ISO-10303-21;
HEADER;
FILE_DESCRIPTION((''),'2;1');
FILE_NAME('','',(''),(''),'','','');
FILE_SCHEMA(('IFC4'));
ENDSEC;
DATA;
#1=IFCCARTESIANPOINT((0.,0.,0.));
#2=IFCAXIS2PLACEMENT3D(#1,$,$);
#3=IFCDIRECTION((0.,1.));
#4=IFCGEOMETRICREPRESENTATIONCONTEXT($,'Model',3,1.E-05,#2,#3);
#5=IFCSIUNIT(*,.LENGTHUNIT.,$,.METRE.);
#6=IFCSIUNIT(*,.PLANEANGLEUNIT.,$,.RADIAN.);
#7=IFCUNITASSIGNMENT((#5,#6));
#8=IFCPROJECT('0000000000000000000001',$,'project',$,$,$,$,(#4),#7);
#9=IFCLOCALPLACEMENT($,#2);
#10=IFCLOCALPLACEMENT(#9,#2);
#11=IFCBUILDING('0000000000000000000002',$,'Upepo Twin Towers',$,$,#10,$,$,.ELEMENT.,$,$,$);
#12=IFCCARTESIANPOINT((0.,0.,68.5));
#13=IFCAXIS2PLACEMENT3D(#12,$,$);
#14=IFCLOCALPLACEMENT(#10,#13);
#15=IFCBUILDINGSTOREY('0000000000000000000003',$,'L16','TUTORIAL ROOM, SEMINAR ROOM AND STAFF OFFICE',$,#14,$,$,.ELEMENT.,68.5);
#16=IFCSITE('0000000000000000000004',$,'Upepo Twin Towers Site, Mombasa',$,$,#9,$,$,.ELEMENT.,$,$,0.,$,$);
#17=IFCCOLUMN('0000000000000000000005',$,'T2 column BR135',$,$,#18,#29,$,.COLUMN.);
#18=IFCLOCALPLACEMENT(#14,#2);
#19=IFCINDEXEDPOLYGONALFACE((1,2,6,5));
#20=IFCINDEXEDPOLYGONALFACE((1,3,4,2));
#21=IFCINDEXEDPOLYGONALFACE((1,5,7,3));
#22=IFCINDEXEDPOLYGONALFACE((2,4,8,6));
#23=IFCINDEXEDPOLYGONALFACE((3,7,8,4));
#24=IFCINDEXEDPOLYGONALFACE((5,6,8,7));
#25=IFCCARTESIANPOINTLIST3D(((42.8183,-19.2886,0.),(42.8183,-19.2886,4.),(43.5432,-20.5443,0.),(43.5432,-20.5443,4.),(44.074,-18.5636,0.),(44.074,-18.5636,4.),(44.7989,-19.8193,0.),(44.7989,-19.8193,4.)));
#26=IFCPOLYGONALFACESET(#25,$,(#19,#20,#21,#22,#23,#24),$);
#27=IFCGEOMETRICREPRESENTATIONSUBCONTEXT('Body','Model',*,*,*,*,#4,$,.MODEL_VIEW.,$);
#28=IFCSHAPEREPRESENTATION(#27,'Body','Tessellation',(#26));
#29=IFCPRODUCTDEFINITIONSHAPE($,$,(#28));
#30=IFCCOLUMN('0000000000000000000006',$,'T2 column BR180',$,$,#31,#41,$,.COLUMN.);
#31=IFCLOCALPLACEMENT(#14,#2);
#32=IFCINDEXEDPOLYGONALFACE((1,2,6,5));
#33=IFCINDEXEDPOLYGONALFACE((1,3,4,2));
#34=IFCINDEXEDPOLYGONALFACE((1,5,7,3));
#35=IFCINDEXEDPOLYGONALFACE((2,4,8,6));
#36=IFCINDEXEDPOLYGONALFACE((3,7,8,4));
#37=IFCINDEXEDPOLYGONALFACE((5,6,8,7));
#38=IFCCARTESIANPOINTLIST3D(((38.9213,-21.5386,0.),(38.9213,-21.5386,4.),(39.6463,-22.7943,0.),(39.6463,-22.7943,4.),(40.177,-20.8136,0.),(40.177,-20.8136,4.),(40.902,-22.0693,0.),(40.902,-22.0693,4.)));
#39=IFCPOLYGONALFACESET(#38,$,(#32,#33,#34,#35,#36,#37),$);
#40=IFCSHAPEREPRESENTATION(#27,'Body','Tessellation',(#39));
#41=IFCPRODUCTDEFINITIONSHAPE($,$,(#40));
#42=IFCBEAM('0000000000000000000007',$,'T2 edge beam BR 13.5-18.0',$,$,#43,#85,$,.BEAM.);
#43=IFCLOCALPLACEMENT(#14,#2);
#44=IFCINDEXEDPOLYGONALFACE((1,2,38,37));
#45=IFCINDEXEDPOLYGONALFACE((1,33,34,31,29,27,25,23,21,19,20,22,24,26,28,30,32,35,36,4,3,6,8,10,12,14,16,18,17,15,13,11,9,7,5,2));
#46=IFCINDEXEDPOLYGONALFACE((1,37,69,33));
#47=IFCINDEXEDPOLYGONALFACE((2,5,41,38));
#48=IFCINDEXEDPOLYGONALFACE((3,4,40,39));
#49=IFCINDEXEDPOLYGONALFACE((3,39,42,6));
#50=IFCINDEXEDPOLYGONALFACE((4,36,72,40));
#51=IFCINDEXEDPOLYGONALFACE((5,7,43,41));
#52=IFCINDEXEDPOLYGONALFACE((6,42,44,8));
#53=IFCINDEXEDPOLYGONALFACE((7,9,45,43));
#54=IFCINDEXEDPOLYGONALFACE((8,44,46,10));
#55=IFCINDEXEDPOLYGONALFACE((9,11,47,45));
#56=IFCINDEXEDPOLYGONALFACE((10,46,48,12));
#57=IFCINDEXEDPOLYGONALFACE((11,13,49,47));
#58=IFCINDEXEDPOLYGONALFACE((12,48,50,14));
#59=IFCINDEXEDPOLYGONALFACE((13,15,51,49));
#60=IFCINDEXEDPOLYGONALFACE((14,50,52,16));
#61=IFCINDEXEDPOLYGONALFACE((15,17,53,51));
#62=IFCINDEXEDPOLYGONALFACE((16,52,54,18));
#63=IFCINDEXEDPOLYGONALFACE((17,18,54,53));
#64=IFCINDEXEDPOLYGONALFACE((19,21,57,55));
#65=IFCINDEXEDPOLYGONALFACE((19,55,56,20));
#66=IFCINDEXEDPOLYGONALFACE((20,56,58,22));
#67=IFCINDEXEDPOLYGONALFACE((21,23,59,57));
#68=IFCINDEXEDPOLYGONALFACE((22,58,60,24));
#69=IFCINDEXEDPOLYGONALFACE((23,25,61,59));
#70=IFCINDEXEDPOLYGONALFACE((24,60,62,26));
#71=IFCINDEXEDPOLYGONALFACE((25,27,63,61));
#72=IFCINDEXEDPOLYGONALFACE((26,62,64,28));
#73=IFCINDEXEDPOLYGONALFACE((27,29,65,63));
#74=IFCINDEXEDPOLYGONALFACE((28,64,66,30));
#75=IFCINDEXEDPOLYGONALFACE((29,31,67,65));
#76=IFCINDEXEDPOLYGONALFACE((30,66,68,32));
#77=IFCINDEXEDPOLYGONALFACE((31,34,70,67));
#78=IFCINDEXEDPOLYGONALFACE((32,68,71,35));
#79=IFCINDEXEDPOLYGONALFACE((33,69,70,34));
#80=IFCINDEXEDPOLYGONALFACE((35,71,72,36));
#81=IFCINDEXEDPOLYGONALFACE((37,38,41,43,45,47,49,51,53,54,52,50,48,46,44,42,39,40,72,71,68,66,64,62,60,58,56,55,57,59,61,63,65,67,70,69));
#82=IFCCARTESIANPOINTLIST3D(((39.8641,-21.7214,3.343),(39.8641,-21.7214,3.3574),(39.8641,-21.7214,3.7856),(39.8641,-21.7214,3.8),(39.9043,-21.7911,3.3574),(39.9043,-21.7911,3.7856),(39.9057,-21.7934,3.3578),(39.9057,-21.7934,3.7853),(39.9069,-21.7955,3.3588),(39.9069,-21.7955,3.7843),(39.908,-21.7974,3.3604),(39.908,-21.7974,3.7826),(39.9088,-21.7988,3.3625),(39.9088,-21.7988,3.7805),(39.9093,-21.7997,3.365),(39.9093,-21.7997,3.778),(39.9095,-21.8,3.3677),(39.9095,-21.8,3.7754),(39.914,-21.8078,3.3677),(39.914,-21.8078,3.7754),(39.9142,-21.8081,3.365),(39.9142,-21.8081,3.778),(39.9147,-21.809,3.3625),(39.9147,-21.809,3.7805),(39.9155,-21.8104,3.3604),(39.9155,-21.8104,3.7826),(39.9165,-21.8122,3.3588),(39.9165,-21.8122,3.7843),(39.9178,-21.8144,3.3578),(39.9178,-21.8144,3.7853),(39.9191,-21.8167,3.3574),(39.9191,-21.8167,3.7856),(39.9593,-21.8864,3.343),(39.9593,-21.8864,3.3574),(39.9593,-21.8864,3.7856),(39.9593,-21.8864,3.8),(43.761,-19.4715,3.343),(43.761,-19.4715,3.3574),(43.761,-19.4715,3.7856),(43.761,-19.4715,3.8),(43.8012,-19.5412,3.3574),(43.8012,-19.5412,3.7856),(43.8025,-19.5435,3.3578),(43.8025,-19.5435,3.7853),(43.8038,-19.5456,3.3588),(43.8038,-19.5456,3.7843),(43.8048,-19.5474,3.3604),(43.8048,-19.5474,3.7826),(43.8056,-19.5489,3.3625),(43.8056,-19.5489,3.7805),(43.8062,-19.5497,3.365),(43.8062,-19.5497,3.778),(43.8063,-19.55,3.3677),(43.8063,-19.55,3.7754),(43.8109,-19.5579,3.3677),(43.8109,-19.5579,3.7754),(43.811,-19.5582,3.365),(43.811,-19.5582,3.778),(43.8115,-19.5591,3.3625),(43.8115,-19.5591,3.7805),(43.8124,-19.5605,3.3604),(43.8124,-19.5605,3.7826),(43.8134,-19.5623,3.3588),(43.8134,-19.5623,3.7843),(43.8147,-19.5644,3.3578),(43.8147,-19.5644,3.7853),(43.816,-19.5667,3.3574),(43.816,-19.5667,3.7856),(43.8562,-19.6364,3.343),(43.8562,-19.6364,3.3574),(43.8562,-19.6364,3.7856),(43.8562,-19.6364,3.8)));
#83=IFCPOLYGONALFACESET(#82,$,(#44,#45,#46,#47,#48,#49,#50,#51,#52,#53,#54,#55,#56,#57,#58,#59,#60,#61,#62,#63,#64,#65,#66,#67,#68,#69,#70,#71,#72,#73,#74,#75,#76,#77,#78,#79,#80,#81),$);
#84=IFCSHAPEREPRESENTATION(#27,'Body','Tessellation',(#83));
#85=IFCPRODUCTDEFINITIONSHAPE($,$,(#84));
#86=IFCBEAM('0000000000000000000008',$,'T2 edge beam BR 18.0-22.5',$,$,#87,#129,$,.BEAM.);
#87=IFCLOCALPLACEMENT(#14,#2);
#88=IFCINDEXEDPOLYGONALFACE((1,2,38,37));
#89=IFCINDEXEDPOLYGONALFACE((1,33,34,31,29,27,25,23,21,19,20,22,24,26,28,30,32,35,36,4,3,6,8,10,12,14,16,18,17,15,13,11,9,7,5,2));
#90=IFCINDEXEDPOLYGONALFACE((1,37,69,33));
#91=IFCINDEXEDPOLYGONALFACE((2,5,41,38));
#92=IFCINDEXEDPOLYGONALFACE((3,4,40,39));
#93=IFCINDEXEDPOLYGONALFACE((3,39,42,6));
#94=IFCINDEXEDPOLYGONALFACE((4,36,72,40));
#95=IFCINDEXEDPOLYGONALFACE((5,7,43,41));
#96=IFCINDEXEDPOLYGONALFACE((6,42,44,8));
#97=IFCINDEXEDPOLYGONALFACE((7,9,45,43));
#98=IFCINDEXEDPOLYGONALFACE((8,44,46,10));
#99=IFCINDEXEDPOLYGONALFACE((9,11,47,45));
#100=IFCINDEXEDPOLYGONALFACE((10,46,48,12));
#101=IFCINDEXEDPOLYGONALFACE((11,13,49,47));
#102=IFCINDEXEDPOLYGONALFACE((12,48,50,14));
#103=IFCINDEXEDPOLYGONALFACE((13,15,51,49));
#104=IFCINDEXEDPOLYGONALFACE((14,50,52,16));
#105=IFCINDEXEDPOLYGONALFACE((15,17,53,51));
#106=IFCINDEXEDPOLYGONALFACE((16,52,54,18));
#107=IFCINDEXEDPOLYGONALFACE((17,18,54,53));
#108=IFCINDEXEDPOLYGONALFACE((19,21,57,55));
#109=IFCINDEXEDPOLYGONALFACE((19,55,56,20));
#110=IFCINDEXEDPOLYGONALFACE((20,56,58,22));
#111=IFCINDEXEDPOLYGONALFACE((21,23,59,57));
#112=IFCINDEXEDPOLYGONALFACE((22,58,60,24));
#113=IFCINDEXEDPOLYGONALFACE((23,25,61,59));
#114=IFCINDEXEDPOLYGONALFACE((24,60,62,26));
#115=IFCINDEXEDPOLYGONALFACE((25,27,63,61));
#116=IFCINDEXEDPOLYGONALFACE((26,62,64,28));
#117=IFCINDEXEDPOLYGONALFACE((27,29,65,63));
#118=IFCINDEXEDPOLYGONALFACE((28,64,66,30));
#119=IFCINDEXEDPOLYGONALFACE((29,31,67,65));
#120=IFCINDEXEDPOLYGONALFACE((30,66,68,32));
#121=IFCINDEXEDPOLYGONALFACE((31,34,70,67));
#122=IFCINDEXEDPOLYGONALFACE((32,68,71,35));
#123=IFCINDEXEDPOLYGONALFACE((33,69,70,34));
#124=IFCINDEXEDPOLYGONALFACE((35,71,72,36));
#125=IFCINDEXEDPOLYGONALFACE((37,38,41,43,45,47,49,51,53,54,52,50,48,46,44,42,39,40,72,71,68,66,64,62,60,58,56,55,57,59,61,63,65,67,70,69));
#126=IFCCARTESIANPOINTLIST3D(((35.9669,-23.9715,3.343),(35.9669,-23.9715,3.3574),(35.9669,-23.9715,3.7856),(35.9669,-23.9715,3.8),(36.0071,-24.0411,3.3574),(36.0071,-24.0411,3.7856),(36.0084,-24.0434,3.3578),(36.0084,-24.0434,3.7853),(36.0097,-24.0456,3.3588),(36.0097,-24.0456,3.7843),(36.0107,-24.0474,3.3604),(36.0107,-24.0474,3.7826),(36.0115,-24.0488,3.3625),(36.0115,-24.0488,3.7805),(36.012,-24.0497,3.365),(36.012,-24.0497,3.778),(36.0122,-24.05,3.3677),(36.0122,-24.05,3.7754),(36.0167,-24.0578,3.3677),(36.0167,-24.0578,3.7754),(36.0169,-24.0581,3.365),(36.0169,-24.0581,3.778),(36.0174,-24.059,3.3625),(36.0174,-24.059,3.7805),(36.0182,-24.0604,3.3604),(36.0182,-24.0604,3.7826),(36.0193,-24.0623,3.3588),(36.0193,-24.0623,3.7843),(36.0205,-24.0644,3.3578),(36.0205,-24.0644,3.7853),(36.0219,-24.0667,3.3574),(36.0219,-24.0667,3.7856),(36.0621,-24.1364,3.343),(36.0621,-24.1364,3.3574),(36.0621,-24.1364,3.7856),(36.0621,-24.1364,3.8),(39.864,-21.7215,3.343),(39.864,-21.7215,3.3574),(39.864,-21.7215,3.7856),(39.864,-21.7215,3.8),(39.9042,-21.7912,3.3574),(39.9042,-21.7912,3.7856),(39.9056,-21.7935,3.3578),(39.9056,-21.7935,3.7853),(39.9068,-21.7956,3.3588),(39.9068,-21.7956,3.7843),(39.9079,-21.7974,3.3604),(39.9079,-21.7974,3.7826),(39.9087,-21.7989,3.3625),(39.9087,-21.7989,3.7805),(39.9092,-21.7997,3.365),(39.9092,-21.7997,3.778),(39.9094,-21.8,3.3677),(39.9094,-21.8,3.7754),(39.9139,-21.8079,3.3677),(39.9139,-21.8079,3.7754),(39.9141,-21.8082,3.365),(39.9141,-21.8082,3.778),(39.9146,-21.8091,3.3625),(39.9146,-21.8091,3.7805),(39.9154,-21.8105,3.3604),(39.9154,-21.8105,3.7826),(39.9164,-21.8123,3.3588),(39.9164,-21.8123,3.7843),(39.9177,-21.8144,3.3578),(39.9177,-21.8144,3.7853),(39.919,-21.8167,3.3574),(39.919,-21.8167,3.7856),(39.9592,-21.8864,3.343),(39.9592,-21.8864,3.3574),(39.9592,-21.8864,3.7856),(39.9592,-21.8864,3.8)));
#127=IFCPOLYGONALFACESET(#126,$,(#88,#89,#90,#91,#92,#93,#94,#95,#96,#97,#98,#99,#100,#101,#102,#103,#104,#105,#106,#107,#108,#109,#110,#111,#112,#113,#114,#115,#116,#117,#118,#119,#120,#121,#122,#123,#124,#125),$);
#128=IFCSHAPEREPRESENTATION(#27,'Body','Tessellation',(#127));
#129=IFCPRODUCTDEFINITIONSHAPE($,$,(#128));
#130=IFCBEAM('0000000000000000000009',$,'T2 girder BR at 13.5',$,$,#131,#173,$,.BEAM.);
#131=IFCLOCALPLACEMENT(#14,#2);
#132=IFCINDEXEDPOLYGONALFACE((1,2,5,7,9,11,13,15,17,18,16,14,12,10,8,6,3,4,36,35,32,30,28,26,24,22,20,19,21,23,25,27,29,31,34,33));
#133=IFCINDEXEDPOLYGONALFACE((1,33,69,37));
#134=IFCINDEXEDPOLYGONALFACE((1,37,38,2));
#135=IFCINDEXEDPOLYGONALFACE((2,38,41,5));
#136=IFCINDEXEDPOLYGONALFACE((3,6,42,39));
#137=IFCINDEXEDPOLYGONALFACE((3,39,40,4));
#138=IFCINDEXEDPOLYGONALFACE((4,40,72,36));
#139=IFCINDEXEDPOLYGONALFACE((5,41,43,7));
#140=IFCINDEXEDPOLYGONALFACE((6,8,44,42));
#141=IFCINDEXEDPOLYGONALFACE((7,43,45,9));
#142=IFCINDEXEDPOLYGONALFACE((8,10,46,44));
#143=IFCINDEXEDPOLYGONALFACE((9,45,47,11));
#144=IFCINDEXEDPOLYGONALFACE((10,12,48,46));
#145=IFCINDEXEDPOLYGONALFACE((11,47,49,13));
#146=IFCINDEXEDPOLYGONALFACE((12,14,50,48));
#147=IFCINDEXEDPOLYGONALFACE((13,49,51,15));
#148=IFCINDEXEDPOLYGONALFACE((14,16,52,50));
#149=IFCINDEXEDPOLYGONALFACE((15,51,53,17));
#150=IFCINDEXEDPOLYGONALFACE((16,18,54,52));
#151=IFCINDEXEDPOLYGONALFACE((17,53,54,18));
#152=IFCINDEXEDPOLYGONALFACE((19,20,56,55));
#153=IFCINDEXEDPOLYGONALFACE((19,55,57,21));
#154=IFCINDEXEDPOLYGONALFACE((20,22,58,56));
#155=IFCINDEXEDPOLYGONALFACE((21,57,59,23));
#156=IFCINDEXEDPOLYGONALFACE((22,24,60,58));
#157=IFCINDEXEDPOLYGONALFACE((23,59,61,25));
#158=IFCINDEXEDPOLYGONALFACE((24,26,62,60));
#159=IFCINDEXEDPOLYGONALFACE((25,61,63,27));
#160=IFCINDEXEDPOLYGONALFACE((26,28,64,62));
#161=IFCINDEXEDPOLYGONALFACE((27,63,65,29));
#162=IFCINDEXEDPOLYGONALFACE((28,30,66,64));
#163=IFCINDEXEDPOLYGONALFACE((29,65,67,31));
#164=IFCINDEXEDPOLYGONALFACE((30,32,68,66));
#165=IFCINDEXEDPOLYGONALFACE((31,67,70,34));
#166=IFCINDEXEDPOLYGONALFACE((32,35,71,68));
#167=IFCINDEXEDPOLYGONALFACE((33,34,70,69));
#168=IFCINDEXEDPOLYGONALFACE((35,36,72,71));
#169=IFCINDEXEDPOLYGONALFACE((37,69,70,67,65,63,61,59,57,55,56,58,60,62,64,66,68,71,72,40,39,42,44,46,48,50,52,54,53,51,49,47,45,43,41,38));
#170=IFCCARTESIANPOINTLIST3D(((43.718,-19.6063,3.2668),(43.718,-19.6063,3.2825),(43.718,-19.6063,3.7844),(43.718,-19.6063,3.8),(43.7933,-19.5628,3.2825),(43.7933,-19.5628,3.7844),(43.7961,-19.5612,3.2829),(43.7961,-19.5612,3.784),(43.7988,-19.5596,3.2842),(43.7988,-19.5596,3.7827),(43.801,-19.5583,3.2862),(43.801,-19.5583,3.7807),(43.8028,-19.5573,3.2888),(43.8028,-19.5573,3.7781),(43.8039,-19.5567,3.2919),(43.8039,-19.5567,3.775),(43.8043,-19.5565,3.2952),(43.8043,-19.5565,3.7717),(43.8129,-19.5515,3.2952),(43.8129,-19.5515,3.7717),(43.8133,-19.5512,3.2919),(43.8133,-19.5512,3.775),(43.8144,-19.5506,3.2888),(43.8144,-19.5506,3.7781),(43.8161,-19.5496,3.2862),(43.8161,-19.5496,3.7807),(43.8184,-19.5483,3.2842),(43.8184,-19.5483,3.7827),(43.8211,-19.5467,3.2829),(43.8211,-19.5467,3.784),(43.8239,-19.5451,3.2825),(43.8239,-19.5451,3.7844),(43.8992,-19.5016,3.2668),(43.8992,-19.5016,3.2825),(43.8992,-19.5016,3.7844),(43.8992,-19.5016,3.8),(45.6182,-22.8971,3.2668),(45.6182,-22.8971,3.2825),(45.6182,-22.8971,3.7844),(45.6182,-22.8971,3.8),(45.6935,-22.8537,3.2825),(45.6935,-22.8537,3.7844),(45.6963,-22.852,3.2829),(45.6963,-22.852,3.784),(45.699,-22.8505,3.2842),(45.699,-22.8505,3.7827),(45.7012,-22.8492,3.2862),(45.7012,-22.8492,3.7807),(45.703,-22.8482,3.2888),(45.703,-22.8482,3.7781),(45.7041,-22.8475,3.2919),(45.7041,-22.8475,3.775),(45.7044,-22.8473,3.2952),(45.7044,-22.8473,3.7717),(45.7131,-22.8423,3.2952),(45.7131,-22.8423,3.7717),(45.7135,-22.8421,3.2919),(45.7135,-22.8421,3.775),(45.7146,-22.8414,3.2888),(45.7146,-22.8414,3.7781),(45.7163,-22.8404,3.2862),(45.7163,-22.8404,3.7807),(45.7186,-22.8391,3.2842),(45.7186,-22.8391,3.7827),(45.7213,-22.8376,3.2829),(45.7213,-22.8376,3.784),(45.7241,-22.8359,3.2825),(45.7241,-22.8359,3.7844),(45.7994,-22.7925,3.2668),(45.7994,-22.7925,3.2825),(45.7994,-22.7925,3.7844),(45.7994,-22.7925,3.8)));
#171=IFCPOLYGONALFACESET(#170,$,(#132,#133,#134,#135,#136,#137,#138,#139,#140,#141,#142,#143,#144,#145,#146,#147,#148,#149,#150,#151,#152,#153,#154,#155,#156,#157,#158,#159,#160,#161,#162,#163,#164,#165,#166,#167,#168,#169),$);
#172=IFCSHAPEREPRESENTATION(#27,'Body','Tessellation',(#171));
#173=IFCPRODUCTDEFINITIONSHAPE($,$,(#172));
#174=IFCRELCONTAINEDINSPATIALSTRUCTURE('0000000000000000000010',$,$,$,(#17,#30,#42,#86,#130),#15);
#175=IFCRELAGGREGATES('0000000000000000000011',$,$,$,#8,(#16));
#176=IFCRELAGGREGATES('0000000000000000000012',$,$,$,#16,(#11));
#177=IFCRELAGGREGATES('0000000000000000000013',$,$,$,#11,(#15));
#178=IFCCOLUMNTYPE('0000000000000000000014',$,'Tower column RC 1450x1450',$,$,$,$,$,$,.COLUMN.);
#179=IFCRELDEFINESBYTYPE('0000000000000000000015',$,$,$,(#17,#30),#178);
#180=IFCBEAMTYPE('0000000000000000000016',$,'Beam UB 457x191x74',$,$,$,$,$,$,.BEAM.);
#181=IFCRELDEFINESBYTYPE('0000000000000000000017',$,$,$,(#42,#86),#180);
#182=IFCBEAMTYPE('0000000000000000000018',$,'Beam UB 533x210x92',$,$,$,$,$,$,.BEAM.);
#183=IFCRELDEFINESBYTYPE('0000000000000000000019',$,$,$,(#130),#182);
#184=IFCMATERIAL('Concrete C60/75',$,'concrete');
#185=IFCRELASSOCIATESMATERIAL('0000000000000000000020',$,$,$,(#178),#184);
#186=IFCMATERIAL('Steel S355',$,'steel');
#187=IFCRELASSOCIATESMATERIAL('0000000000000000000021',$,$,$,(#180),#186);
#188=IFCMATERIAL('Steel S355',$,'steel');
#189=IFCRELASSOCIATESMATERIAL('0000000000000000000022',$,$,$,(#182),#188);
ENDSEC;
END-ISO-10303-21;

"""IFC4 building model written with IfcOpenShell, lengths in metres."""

from ifc_helpers import new_model, si_unit, direction, frame, origin, origin_2d, place, context, subcontext, project, spatial, rectangle, i_section, extrude, material, material_profile, profile_set, type_object, element, save


model = new_model("IFC4")

# Units and contexts
model_context = context("Model", 3, precision=1e-05, world=origin(), true_north=direction((0.0, 1.0)))
body_context = subcontext(model_context, "Body", "Model", "MODEL_VIEW")
ifc_project = project(units=[si_unit("LENGTHUNIT", "METRE"), si_unit("PLANEANGLEUNIT", "RADIAN")], contexts=[model_context])

# Site, building, storey
site_placement = place(None, origin())
site = spatial("IfcSite", under=ifc_project, at=site_placement, Name="Upepo Twin Towers Site, Mombasa", CompositionType="ELEMENT", RefElevation=0.0)
building_placement = place(site_placement, origin())
building = spatial("IfcBuilding", under=site, at=building_placement, Name="Upepo Twin Towers", CompositionType="ELEMENT")
storey_placement = place(building_placement, frame((0.0, 0.0, 68.5)))
storey = spatial("IfcBuildingStorey", under=building, at=storey_placement, Name="L16", Description="TUTORIAL ROOM, SEMINAR ROOM AND STAFF OFFICE", CompositionType="ELEMENT", Elevation=68.5)

# Columns
ifc_material_1 = material(Name="Concrete C60/75", Category="concrete")
ifc_material_profile_1 = material_profile(ifc_material_1, rectangle(XDim=1.45, YDim=1.45, at=origin_2d()), Name="RC 1450x1450")
ifc_profile_set_1 = profile_set([ifc_material_profile_1], Name="Concrete C60/75")
column_type = type_object("IfcColumnType", Name="Tower column RC 1450x1450", PredefinedType="COLUMN", material=ifc_profile_set_1)
for number, where, z_axis, x_axis, name in (
    (1, (43.8086, -19.554, 0.0), (0.0, 0.0, 1.0), (0.866025, 0.5, 0.0), "T2 column BR135"),
    (2, (39.9116, -21.804, 0.0), (0.0, 0.0, 1.0), (0.866025, 0.5, 0.0), "T2 column BR180"),
):
    element("IfcColumn", number, at=place(storey_placement, frame(where, z_axis=z_axis, x_axis=x_axis)), inside=storey, type_object=column_type, Name=name, PredefinedType="COLUMN", context=body_context, shape_type="SweptSolid", body=[
        extrude(rectangle(XDim=1.45, YDim=1.45, at=origin_2d()), origin(), (0.0, 0.0, 1.0), 4.0),
    ])

# Beams
ifc_material_2 = material(Name="Steel S355", Category="steel")
ifc_material_profile_2 = material_profile(ifc_material_2, i_section(OverallWidth=0.1904, OverallDepth=0.457, WebThickness=0.009, FlangeThickness=0.0144, FilletRadius=0.0103, at=origin_2d()), Name="UB 457x191x74")
ifc_profile_set_2 = profile_set([ifc_material_profile_2], Name="Steel S355")
beam_type_1 = type_object("IfcBeamType", Name="Beam UB 457x191x74", PredefinedType="BEAM", material=ifc_profile_set_2)
beam_1_placement = place(storey_placement, frame((43.8086, -19.554, 3.5715), z_axis=(-0.866018, -0.500014, 0.0), x_axis=(0.500014, -0.866018, 0.0)))
element("IfcBeam", 3, at=beam_1_placement, inside=storey, type_object=beam_type_1, Name="T2 edge beam BR 13.5-18.0", PredefinedType="BEAM", context=body_context, shape_type="SweptSolid", body=[
    extrude(i_section(OverallWidth=0.1904, OverallDepth=0.457, WebThickness=0.009, FlangeThickness=0.0144, FilletRadius=0.0103, at=origin_2d()), origin(), (0.0, 0.0, 1.0), 4.4998),
])
beam_2_placement = place(storey_placement, frame((39.9116, -21.804, 3.5715), z_axis=(-0.866031, -0.49999, 0.0), x_axis=(0.49999, -0.866031, 0.0)))
element("IfcBeam", 4, at=beam_2_placement, inside=storey, type_object=beam_type_1, Name="T2 edge beam BR 18.0-22.5", PredefinedType="BEAM", context=body_context, shape_type="SweptSolid", body=[
    extrude(i_section(OverallWidth=0.1904, OverallDepth=0.457, WebThickness=0.009, FlangeThickness=0.0144, FilletRadius=0.0103, at=origin_2d()), origin(), (0.0, 0.0, 1.0), 4.5),
])
ifc_material_3 = material(Name="Steel S355", Category="steel")
ifc_material_profile_3 = material_profile(ifc_material_3, i_section(OverallWidth=0.2092, OverallDepth=0.5332, WebThickness=0.01, FlangeThickness=0.0156, FilletRadius=0.0127, at=origin_2d()), Name="UB 533x210x92")
ifc_profile_set_3 = profile_set([ifc_material_profile_3], Name="Steel S355")
beam_type_2 = type_object("IfcBeamType", Name="Beam UB 533x210x92", PredefinedType="BEAM", material=ifc_profile_set_3)
beam_3_placement = place(storey_placement, frame((43.8086, -19.554, 3.5334), z_axis=(0.500043, -0.866, 0.0), x_axis=(0.866, 0.500043, 0.0)))
element("IfcBeam", 5, at=beam_3_placement, inside=storey, type_object=beam_type_2, Name="T2 girder BR at 13.5", PredefinedType="BEAM", context=body_context, shape_type="SweptSolid", body=[
    extrude(i_section(OverallWidth=0.2092, OverallDepth=0.5332, WebThickness=0.01, FlangeThickness=0.0156, FilletRadius=0.0127, at=origin_2d()), origin(), (0.0, 0.0, 1.0), 3.8),
])

save(model, "model.ifc")
